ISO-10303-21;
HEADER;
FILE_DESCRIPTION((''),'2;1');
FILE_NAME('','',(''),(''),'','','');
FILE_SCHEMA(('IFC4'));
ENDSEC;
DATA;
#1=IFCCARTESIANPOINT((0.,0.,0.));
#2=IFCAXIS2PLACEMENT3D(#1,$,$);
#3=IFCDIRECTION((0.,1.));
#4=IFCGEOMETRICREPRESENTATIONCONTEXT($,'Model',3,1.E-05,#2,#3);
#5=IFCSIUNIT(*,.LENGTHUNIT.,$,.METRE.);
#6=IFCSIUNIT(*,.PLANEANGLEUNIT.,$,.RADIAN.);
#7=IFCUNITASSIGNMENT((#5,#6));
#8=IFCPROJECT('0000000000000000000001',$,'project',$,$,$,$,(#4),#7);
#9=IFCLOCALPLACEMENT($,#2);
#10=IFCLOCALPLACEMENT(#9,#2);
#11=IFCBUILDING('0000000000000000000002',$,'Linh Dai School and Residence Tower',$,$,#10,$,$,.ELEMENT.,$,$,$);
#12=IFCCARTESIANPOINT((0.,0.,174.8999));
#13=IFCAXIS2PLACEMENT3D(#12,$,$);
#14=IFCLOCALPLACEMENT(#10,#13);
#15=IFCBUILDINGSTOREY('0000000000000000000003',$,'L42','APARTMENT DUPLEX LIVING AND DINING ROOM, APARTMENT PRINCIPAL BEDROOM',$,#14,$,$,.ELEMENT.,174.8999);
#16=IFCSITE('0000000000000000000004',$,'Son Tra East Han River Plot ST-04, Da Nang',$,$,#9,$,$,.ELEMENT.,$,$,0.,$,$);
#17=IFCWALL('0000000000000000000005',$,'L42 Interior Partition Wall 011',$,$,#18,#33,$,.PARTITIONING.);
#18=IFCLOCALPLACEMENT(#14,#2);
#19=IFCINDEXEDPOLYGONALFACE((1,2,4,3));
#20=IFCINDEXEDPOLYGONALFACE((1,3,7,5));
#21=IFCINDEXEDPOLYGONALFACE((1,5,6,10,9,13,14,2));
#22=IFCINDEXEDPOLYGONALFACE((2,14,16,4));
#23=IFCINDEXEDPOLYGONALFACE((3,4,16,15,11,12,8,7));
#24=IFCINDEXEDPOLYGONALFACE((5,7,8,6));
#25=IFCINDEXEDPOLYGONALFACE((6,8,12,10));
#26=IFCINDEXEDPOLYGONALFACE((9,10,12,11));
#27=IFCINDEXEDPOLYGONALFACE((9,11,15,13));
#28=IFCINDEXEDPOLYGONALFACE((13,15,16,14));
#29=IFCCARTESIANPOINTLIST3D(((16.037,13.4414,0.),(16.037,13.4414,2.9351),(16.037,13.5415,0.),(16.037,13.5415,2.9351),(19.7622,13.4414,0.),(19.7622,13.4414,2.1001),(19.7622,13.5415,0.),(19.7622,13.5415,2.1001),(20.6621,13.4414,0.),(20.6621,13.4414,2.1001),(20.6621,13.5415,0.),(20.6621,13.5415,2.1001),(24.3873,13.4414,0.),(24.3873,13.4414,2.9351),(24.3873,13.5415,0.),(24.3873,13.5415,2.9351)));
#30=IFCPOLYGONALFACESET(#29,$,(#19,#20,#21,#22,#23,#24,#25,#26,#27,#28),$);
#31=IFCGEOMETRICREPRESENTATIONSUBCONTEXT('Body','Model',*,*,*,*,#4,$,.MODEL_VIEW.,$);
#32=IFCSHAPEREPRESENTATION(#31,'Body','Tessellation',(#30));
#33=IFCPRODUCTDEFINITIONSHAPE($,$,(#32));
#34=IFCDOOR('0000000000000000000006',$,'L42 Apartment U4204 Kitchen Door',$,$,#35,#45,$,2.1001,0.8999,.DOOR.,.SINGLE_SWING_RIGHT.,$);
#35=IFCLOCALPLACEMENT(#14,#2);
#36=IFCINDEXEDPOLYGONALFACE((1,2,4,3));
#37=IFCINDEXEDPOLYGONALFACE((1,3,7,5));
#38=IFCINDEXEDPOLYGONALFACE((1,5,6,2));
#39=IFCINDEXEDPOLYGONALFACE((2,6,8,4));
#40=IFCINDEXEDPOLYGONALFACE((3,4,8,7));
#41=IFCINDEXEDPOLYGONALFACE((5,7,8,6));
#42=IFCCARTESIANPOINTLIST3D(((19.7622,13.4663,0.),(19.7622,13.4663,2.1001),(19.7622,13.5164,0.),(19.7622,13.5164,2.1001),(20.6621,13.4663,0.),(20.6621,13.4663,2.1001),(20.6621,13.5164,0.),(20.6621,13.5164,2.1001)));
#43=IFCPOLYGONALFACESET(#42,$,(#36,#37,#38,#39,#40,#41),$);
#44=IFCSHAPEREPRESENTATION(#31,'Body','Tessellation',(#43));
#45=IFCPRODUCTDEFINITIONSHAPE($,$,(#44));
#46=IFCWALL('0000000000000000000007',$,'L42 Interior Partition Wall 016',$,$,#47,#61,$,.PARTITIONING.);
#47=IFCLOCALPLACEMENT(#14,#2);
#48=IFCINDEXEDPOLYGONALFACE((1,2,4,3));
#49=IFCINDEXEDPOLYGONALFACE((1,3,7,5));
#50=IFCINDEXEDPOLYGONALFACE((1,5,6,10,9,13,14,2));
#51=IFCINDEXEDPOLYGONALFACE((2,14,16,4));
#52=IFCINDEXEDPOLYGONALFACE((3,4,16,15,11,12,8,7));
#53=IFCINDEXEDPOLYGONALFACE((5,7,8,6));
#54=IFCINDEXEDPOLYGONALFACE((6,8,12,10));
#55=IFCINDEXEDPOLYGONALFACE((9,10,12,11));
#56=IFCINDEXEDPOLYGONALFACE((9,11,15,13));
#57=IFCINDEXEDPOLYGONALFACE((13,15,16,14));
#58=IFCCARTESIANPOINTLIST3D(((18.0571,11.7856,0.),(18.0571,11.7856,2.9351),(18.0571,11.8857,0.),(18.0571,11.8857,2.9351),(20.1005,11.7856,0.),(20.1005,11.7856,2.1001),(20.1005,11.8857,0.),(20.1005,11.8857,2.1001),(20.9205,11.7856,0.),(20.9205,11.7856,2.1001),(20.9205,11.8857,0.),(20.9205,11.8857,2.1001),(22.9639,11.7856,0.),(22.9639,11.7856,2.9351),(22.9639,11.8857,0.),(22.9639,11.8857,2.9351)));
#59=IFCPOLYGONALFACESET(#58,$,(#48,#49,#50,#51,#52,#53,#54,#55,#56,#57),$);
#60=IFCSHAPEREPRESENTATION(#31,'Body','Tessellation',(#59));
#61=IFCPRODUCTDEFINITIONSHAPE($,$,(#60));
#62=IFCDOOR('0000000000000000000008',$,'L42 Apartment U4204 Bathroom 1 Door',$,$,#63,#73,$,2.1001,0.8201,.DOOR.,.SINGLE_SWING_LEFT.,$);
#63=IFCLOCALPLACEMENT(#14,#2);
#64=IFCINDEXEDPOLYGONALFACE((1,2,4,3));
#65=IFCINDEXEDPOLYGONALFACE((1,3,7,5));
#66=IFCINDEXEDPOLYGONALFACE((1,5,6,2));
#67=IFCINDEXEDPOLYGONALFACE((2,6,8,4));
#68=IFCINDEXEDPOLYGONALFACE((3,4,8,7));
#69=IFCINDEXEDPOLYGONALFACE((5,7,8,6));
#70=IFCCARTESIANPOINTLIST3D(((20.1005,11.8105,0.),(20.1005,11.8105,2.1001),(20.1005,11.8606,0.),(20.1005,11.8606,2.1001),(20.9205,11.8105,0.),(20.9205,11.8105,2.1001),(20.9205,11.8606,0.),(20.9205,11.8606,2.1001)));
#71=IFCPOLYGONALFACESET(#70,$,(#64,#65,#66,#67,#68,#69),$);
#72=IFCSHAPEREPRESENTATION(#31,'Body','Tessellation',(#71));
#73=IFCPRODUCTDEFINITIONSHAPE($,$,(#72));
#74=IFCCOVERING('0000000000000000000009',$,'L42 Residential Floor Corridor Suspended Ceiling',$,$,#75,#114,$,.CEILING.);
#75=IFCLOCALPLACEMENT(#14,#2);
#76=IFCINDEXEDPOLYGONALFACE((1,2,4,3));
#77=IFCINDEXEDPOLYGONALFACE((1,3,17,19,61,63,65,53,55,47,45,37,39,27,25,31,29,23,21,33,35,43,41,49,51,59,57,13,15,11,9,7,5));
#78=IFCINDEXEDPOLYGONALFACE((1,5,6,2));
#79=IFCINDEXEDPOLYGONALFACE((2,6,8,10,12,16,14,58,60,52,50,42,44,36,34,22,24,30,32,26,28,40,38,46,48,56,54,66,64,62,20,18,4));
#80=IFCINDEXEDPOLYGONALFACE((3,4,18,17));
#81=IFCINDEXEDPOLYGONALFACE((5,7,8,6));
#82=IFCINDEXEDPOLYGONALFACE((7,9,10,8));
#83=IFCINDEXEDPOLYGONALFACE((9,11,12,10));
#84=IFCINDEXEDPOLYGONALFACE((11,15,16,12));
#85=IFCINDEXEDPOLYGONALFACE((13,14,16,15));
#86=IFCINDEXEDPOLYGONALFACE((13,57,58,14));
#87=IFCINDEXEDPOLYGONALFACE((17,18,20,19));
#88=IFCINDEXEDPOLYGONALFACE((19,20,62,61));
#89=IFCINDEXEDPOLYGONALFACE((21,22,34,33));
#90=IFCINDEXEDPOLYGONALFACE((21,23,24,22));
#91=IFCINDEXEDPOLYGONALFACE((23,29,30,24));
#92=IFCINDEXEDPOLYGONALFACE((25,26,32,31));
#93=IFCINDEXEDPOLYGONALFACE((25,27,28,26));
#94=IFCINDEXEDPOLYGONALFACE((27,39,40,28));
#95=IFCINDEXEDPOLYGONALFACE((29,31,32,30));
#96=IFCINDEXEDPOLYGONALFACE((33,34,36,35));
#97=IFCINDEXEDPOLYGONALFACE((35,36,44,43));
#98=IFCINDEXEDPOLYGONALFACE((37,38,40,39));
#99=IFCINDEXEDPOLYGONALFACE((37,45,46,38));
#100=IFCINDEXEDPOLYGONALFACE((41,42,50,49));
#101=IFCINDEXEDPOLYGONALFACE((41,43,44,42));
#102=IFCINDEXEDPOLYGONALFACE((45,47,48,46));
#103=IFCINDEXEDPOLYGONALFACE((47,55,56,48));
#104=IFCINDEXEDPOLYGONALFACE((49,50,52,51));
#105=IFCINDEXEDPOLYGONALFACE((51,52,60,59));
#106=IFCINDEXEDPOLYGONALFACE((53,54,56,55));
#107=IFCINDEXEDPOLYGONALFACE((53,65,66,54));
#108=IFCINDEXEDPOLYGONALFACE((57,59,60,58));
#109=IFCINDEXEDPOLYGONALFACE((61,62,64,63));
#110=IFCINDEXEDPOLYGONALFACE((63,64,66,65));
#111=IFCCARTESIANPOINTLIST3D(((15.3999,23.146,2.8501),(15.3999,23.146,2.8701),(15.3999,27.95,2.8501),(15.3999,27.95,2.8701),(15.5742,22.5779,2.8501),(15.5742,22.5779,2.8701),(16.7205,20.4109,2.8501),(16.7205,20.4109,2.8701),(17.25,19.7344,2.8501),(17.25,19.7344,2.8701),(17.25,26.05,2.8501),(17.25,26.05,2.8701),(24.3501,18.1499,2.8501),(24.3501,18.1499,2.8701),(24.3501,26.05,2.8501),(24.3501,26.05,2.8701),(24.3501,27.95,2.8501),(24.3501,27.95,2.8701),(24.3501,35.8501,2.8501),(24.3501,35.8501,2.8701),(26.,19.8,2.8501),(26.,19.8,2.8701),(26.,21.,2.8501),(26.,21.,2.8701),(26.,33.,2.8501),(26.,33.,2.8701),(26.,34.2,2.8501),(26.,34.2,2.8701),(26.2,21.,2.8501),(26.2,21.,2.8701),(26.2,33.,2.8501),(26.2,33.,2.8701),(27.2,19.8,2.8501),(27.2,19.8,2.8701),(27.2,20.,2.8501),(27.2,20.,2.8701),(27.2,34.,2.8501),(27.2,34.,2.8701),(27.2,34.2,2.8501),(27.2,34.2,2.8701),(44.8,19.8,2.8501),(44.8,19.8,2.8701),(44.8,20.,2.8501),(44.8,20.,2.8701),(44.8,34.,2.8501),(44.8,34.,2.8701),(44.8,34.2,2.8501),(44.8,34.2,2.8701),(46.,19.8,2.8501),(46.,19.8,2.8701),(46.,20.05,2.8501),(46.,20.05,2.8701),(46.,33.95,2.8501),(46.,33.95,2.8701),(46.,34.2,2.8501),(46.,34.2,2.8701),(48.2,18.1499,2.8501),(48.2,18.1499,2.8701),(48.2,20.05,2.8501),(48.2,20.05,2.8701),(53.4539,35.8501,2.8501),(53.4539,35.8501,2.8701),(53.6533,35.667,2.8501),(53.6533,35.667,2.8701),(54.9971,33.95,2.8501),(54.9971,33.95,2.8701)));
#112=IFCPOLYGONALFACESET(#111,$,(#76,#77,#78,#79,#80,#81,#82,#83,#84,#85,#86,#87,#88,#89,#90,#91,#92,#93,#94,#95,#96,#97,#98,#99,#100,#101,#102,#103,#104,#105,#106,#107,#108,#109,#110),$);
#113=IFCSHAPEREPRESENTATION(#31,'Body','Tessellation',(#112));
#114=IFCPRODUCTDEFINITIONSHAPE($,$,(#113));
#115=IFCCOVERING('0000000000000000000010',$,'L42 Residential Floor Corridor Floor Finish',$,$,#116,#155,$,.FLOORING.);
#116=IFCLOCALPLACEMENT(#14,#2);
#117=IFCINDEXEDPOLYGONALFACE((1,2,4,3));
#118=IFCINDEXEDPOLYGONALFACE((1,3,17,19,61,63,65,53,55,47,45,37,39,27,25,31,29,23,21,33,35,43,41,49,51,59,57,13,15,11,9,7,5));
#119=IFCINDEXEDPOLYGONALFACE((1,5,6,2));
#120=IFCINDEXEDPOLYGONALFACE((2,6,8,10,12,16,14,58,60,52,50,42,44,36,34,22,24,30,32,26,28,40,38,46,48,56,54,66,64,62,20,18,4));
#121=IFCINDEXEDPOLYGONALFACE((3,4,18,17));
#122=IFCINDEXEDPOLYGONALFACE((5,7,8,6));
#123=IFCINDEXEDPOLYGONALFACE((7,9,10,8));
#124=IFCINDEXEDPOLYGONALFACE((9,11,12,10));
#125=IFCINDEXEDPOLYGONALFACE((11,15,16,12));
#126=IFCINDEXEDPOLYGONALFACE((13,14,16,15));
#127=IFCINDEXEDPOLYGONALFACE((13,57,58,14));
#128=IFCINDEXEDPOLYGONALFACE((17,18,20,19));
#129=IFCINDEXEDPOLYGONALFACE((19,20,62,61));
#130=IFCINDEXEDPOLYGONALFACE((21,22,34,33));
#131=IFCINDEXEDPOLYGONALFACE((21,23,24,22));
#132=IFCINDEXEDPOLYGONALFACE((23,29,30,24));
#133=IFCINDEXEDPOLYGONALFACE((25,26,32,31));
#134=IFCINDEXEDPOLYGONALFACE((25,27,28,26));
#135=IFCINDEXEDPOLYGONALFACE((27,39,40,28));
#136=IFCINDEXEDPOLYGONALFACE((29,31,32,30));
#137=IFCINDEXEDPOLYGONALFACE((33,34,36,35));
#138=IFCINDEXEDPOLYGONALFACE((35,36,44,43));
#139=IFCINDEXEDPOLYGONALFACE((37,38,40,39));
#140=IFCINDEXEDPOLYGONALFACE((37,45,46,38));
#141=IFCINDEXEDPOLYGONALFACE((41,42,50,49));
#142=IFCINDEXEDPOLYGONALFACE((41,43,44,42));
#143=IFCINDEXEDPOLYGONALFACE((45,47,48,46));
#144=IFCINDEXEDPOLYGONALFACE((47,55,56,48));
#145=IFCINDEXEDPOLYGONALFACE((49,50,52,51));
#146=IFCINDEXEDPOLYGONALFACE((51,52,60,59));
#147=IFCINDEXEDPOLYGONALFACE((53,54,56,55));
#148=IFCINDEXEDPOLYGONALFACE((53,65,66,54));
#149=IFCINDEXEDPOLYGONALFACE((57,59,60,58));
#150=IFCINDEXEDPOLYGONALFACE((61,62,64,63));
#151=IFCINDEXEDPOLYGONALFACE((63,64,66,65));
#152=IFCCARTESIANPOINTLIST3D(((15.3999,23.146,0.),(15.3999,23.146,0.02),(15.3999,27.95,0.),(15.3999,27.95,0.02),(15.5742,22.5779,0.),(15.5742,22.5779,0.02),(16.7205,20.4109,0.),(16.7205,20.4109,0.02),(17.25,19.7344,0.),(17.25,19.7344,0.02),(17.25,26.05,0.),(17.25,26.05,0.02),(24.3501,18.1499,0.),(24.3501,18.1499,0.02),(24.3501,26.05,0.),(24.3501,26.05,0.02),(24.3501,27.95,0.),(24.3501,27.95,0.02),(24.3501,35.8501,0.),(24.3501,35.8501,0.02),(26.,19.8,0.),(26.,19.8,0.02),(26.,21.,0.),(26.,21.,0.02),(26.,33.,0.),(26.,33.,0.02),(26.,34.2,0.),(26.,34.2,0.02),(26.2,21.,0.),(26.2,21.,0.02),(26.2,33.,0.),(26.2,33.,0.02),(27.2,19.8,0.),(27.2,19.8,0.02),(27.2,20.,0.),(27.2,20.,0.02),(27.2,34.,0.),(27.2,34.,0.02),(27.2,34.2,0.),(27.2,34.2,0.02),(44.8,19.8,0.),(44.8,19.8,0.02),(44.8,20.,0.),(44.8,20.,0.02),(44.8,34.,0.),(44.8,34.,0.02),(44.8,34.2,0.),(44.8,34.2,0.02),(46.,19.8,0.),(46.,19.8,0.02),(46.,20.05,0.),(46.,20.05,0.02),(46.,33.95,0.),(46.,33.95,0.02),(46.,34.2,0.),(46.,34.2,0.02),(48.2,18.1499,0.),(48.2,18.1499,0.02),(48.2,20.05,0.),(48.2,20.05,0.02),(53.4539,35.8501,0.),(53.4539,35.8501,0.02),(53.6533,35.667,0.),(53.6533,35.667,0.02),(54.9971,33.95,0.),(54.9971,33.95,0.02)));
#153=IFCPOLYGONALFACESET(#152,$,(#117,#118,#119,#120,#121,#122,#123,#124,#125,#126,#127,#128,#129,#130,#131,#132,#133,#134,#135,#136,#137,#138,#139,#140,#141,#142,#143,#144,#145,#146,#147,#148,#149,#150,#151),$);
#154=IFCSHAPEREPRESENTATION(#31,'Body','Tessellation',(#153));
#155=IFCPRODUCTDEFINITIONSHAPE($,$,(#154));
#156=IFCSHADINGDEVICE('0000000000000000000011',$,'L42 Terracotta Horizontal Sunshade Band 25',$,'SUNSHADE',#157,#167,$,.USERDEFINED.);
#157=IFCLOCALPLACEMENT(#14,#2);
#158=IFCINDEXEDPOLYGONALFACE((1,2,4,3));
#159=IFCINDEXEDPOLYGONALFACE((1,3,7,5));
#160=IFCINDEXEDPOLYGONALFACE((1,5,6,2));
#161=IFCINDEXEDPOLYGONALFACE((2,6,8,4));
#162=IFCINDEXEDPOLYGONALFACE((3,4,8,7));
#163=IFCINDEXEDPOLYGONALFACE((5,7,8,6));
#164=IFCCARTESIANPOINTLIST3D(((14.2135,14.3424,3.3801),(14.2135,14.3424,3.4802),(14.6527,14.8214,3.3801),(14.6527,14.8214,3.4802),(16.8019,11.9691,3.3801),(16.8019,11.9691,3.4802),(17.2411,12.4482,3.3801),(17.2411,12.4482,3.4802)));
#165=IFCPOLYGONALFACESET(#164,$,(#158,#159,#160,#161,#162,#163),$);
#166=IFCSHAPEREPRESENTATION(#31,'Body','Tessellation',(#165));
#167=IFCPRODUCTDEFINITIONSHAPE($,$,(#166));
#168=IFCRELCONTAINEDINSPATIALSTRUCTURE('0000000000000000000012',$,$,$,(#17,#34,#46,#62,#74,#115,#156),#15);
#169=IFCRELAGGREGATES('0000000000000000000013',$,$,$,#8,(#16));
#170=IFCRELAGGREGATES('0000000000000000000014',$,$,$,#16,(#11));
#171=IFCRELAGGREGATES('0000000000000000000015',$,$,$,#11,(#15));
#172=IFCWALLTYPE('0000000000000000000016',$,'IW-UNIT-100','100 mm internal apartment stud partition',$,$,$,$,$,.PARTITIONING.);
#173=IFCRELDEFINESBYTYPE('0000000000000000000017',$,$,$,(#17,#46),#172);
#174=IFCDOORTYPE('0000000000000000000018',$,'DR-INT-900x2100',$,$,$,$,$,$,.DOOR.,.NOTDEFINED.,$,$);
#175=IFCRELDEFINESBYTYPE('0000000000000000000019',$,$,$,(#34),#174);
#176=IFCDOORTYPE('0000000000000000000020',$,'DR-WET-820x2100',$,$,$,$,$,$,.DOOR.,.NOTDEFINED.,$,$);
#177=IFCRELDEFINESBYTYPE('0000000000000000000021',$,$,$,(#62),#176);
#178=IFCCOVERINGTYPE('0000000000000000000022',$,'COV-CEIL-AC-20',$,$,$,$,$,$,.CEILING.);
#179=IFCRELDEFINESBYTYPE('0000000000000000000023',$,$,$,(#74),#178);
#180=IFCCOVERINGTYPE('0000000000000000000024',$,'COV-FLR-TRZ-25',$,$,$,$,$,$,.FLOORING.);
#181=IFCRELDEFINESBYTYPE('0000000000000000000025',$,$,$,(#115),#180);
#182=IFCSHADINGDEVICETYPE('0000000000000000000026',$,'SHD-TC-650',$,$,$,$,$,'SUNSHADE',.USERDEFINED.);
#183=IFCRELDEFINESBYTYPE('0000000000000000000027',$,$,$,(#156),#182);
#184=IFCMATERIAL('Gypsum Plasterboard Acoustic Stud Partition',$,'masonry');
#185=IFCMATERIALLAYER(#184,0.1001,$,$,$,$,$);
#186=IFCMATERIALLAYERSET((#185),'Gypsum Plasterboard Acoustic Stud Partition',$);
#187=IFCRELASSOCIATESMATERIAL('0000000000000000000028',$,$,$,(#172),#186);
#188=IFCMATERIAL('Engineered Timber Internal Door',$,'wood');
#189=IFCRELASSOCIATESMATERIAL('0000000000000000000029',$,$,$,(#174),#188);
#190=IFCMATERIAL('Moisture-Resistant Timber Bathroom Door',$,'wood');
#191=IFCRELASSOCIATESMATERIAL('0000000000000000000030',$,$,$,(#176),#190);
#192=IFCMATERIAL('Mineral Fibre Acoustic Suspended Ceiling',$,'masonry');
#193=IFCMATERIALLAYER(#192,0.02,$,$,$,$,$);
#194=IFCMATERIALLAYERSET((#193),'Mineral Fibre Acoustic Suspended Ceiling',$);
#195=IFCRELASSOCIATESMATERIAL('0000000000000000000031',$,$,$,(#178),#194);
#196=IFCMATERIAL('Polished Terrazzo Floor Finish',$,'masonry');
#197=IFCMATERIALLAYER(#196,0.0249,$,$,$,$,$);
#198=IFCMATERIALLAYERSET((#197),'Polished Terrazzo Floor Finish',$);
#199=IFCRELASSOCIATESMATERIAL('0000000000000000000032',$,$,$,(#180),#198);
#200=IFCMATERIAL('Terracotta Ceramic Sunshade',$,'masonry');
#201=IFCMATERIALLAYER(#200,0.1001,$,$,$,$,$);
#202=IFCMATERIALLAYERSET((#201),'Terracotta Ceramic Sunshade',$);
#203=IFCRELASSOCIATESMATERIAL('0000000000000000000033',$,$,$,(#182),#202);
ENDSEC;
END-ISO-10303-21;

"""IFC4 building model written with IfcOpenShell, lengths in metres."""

from ifc_helpers import new_model, si_unit, direction, frame, frame_2d, origin, origin_2d, place, context, subcontext, project, spatial, polyline, rectangle, outline, extrude, source, transform, mapped, material, layer, layer_set, type_object, element, fill, save


model = new_model("IFC4")

# Units and contexts
model_context = context("Model", 3, precision=1e-05, world=origin(), true_north=direction((0.0, 1.0)))
body_context = subcontext(model_context, "Body", "Model", "MODEL_VIEW")
ifc_project = project(units=[si_unit("LENGTHUNIT", "METRE"), si_unit("PLANEANGLEUNIT", "RADIAN")], contexts=[model_context])

# Site, building, storey
site_placement = place(None, origin())
site = spatial("IfcSite", under=ifc_project, at=site_placement, Name="Son Tra East Han River Plot ST-04, Da Nang", CompositionType="ELEMENT", RefElevation=0.0)
building_placement = place(site_placement, origin())
building = spatial("IfcBuilding", under=site, at=building_placement, Name="Linh Dai School and Residence Tower", CompositionType="ELEMENT")
storey_placement = place(building_placement, frame((0.0, 0.0, 174.8999)))
storey = spatial("IfcBuildingStorey", under=building, at=storey_placement, Name="L42", Description="APARTMENT DUPLEX LIVING AND DINING ROOM, APARTMENT PRINCIPAL BEDROOM", CompositionType="ELEMENT", Elevation=174.8999)

# Walls, openings, doors
ifc_material_1 = material(Name="Gypsum Plasterboard Acoustic Stud Partition", Category="masonry")
ifc_layer_1 = layer(ifc_material_1, 0.1001)
ifc_layer_set_1 = layer_set([ifc_layer_1], Name="Gypsum Plasterboard Acoustic Stud Partition")
wall_type_1 = type_object("IfcWallType", Name="IW-UNIT-100", Description="100 mm internal apartment stud partition", PredefinedType="PARTITIONING", material=ifc_layer_set_1)
ifc_material_2 = material(Name="Engineered Timber Internal Door", Category="wood")
door_type_1 = type_object("IfcDoorType", Name="DR-INT-900x2100", OperationType="NOTDEFINED", PredefinedType="DOOR", material=ifc_material_2)
shared_shape_1 = source(origin(), body_context, "Body", "SweptSolid", [
    extrude(rectangle(XDim=0.8999, YDim=2.1001, at=origin_2d()), frame((0.45, 0.0249, 1.05), z_axis=(0.0, -1.0, 0.0), x_axis=(1.0, 0.0, 0.0)), (0.0, 0.0, 1.0), 0.05),
])
wall_1_placement = place(storey_placement, frame((16.0369, 13.4915, 0.0), z_axis=(0.0, 0.0, 1.0), x_axis=(1.0, 0.0, 0.0)))
wall_1 = element("IfcWall", 1, at=wall_1_placement, inside=storey, type_object=wall_type_1, Name="L42 Interior Partition Wall 011", PredefinedType="PARTITIONING", context=body_context, shape_type="SweptSolid", body=[
    extrude(rectangle(XDim=8.3503, YDim=0.1001, at=frame_2d((4.1753, 0.0))), origin(), (0.0, 0.0, 1.0), 2.9351),
])
opening_1_placement = place(wall_1_placement, frame((3.7253, 0.0, 0.0)))
opening_1 = element("IfcOpeningElement", 2, at=opening_1_placement, cuts=wall_1, PredefinedType="OPENING", context=body_context, shape_type="SweptSolid", body=[
    extrude(rectangle(XDim=0.8999, YDim=2.1001, at=origin_2d()), frame((0.45, 0.0601, 1.05), z_axis=(0.0, -1.0, 0.0), x_axis=(1.0, 0.0, 0.0)), (0.0, 0.0, 1.0), 0.1201),
])
door_1_placement = place(opening_1_placement, origin())
door_1 = element("IfcDoor", 3, at=door_1_placement, inside=storey, type_object=door_type_1, Name="L42 Apartment U4204 Kitchen Door", OperationType="SINGLE_SWING_RIGHT", OverallHeight=2.1001, OverallWidth=0.8999, PredefinedType="DOOR", context=body_context, shape_type="MappedRepresentation", body=[
    mapped(shared_shape_1, transform((0.0, 0.0, 0.0), x_axis=(1.0, 0.0, 0.0), y_axis=(0.0, 1.0, 0.0), z_axis=(0.0, 0.0, 1.0), scale=1.0)),
])
fill(opening_1, door_1)
wall_2_placement = place(storey_placement, frame((18.0571, 11.8357, 0.0), z_axis=(0.0, 0.0, 1.0), x_axis=(1.0, 0.0, 0.0)))
wall_2 = element("IfcWall", 4, at=wall_2_placement, inside=storey, type_object=wall_type_1, Name="L42 Interior Partition Wall 016", PredefinedType="PARTITIONING", context=body_context, shape_type="SweptSolid", body=[
    extrude(rectangle(XDim=4.9067, YDim=0.1001, at=frame_2d((2.4534, 0.0))), origin(), (0.0, 0.0, 1.0), 2.9351),
])
opening_2_placement = place(wall_2_placement, frame((2.0432, 0.0, 0.0)))
opening_2 = element("IfcOpeningElement", 5, at=opening_2_placement, cuts=wall_2, PredefinedType="OPENING", context=body_context, shape_type="SweptSolid", body=[
    extrude(rectangle(XDim=0.8201, YDim=2.1001, at=origin_2d()), frame((0.4102, 0.0601, 1.05), z_axis=(0.0, -1.0, 0.0), x_axis=(1.0, 0.0, 0.0)), (0.0, 0.0, 1.0), 0.1201),
])
ifc_material_3 = material(Name="Moisture-Resistant Timber Bathroom Door", Category="wood")
door_type_2 = type_object("IfcDoorType", Name="DR-WET-820x2100", OperationType="NOTDEFINED", PredefinedType="DOOR", material=ifc_material_3)
shared_shape_2 = source(origin(), body_context, "Body", "SweptSolid", [
    extrude(rectangle(XDim=0.8201, YDim=2.1001, at=origin_2d()), frame((0.4102, 0.0249, 1.05), z_axis=(0.0, -1.0, 0.0), x_axis=(1.0, 0.0, 0.0)), (0.0, 0.0, 1.0), 0.05),
])
door_2_placement = place(opening_2_placement, origin())
door_2 = element("IfcDoor", 6, at=door_2_placement, inside=storey, type_object=door_type_2, Name="L42 Apartment U4204 Bathroom 1 Door", OperationType="SINGLE_SWING_LEFT", OverallHeight=2.1001, OverallWidth=0.8201, PredefinedType="DOOR", context=body_context, shape_type="MappedRepresentation", body=[
    mapped(shared_shape_2, transform((0.0, 0.0, 0.0), x_axis=(1.0, 0.0, 0.0), y_axis=(0.0, 1.0, 0.0), z_axis=(0.0, 0.0, 1.0), scale=1.0)),
])
fill(opening_2, door_2)

# Coverings
ifc_material_4 = material(Name="Mineral Fibre Acoustic Suspended Ceiling", Category="masonry")
ifc_layer_2 = layer(ifc_material_4, 0.02)
ifc_layer_set_2 = layer_set([ifc_layer_2], Name="Mineral Fibre Acoustic Suspended Ceiling")
covering_type_1 = type_object("IfcCoveringType", Name="COV-CEIL-AC-20", PredefinedType="CEILING", material=ifc_layer_set_2)
covering_1_placement = place(storey_placement, frame((0.0, 0.0, 2.8501)))
element("IfcCovering", 7, at=covering_1_placement, inside=storey, type_object=covering_type_1, Name="L42 Residential Floor Corridor Suspended Ceiling", PredefinedType="CEILING", context=body_context, shape_type="SweptSolid", body=[
    extrude(outline(polyline([(17.25, 19.7344), (16.7205, 20.4109), (15.5742, 22.5779), (15.3999, 23.146), (15.3999, 27.95), (24.3501, 27.95), (24.3501, 35.8501), (53.4539, 35.8501), (53.6533, 35.667), (54.9971, 33.95), (46.0, 33.95), (46.0, 34.2), (44.8, 34.2), (44.8, 34.0), (27.2, 34.0), (27.2, 34.2), (26.0, 34.2), (26.0, 33.0), (26.2, 33.0), (26.2, 21.0), (26.0, 21.0), (26.0, 19.8), (27.2, 19.8), (27.2, 20.0), (44.8, 20.0), (44.8, 19.8), (46.0, 19.8), (46.0, 20.05), (48.2, 20.05), (48.2, 18.1499), (24.3501, 18.1499), (24.3501, 26.05), (17.25, 26.05), (17.25, 19.7344)])), origin(), (0.0, 0.0, 1.0), 0.02),
])
ifc_material_5 = material(Name="Polished Terrazzo Floor Finish", Category="masonry")
ifc_layer_3 = layer(ifc_material_5, 0.0249)
ifc_layer_set_3 = layer_set([ifc_layer_3], Name="Polished Terrazzo Floor Finish")
covering_type_2 = type_object("IfcCoveringType", Name="COV-FLR-TRZ-25", PredefinedType="FLOORING", material=ifc_layer_set_3)
covering_2_placement = place(storey_placement, origin())
element("IfcCovering", 8, at=covering_2_placement, inside=storey, type_object=covering_type_2, Name="L42 Residential Floor Corridor Floor Finish", PredefinedType="FLOORING", context=body_context, shape_type="SweptSolid", body=[
    extrude(outline(polyline([(17.25, 19.7344), (16.7205, 20.4109), (15.5742, 22.5779), (15.3999, 23.146), (15.3999, 27.95), (24.3501, 27.95), (24.3501, 35.8501), (53.4539, 35.8501), (53.6533, 35.667), (54.9971, 33.95), (46.0, 33.95), (46.0, 34.2), (44.8, 34.2), (44.8, 34.0), (27.2, 34.0), (27.2, 34.2), (26.0, 34.2), (26.0, 33.0), (26.2, 33.0), (26.2, 21.0), (26.0, 21.0), (26.0, 19.8), (27.2, 19.8), (27.2, 20.0), (44.8, 20.0), (44.8, 19.8), (46.0, 19.8), (46.0, 20.05), (48.2, 20.05), (48.2, 18.1499), (24.3501, 18.1499), (24.3501, 26.05), (17.25, 26.05), (17.25, 19.7344)])), origin(), (0.0, 0.0, 1.0), 0.02),
])

# Shading device
ifc_material_6 = material(Name="Terracotta Ceramic Sunshade", Category="masonry")
ifc_layer_4 = layer(ifc_material_6, 0.1001)
ifc_layer_set_4 = layer_set([ifc_layer_4], Name="Terracotta Ceramic Sunshade")
shading_device_type = type_object("IfcShadingDeviceType", Name="SHD-TC-650", ElementType="SUNSHADE", PredefinedType="USERDEFINED", material=ifc_layer_set_4)
shared_shape_3 = source(origin(), body_context, "Body", "SweptSolid", [
    extrude(rectangle(XDim=3.5117, YDim=0.6499, at=origin_2d()), origin(), (0.0, 0.0, 1.0), 0.1001),
])
shading_device_placement = place(storey_placement, frame((15.7273, 13.3953, 3.3801), z_axis=(0.0, 0.0, 1.0), x_axis=(-0.737085, 0.6758, 0.0)))
element("IfcShadingDevice", 9, at=shading_device_placement, inside=storey, type_object=shading_device_type, Name="L42 Terracotta Horizontal Sunshade Band 25", ObjectType="SUNSHADE", PredefinedType="USERDEFINED", context=body_context, shape_type="MappedRepresentation", body=[
    mapped(shared_shape_3, transform((0.0, 0.0, 0.0), x_axis=(1.0, 0.0, 0.0), y_axis=(0.0, 1.0, 0.0), z_axis=(0.0, 0.0, 1.0), scale=1.0)),
])

save(model, "model.ifc")
